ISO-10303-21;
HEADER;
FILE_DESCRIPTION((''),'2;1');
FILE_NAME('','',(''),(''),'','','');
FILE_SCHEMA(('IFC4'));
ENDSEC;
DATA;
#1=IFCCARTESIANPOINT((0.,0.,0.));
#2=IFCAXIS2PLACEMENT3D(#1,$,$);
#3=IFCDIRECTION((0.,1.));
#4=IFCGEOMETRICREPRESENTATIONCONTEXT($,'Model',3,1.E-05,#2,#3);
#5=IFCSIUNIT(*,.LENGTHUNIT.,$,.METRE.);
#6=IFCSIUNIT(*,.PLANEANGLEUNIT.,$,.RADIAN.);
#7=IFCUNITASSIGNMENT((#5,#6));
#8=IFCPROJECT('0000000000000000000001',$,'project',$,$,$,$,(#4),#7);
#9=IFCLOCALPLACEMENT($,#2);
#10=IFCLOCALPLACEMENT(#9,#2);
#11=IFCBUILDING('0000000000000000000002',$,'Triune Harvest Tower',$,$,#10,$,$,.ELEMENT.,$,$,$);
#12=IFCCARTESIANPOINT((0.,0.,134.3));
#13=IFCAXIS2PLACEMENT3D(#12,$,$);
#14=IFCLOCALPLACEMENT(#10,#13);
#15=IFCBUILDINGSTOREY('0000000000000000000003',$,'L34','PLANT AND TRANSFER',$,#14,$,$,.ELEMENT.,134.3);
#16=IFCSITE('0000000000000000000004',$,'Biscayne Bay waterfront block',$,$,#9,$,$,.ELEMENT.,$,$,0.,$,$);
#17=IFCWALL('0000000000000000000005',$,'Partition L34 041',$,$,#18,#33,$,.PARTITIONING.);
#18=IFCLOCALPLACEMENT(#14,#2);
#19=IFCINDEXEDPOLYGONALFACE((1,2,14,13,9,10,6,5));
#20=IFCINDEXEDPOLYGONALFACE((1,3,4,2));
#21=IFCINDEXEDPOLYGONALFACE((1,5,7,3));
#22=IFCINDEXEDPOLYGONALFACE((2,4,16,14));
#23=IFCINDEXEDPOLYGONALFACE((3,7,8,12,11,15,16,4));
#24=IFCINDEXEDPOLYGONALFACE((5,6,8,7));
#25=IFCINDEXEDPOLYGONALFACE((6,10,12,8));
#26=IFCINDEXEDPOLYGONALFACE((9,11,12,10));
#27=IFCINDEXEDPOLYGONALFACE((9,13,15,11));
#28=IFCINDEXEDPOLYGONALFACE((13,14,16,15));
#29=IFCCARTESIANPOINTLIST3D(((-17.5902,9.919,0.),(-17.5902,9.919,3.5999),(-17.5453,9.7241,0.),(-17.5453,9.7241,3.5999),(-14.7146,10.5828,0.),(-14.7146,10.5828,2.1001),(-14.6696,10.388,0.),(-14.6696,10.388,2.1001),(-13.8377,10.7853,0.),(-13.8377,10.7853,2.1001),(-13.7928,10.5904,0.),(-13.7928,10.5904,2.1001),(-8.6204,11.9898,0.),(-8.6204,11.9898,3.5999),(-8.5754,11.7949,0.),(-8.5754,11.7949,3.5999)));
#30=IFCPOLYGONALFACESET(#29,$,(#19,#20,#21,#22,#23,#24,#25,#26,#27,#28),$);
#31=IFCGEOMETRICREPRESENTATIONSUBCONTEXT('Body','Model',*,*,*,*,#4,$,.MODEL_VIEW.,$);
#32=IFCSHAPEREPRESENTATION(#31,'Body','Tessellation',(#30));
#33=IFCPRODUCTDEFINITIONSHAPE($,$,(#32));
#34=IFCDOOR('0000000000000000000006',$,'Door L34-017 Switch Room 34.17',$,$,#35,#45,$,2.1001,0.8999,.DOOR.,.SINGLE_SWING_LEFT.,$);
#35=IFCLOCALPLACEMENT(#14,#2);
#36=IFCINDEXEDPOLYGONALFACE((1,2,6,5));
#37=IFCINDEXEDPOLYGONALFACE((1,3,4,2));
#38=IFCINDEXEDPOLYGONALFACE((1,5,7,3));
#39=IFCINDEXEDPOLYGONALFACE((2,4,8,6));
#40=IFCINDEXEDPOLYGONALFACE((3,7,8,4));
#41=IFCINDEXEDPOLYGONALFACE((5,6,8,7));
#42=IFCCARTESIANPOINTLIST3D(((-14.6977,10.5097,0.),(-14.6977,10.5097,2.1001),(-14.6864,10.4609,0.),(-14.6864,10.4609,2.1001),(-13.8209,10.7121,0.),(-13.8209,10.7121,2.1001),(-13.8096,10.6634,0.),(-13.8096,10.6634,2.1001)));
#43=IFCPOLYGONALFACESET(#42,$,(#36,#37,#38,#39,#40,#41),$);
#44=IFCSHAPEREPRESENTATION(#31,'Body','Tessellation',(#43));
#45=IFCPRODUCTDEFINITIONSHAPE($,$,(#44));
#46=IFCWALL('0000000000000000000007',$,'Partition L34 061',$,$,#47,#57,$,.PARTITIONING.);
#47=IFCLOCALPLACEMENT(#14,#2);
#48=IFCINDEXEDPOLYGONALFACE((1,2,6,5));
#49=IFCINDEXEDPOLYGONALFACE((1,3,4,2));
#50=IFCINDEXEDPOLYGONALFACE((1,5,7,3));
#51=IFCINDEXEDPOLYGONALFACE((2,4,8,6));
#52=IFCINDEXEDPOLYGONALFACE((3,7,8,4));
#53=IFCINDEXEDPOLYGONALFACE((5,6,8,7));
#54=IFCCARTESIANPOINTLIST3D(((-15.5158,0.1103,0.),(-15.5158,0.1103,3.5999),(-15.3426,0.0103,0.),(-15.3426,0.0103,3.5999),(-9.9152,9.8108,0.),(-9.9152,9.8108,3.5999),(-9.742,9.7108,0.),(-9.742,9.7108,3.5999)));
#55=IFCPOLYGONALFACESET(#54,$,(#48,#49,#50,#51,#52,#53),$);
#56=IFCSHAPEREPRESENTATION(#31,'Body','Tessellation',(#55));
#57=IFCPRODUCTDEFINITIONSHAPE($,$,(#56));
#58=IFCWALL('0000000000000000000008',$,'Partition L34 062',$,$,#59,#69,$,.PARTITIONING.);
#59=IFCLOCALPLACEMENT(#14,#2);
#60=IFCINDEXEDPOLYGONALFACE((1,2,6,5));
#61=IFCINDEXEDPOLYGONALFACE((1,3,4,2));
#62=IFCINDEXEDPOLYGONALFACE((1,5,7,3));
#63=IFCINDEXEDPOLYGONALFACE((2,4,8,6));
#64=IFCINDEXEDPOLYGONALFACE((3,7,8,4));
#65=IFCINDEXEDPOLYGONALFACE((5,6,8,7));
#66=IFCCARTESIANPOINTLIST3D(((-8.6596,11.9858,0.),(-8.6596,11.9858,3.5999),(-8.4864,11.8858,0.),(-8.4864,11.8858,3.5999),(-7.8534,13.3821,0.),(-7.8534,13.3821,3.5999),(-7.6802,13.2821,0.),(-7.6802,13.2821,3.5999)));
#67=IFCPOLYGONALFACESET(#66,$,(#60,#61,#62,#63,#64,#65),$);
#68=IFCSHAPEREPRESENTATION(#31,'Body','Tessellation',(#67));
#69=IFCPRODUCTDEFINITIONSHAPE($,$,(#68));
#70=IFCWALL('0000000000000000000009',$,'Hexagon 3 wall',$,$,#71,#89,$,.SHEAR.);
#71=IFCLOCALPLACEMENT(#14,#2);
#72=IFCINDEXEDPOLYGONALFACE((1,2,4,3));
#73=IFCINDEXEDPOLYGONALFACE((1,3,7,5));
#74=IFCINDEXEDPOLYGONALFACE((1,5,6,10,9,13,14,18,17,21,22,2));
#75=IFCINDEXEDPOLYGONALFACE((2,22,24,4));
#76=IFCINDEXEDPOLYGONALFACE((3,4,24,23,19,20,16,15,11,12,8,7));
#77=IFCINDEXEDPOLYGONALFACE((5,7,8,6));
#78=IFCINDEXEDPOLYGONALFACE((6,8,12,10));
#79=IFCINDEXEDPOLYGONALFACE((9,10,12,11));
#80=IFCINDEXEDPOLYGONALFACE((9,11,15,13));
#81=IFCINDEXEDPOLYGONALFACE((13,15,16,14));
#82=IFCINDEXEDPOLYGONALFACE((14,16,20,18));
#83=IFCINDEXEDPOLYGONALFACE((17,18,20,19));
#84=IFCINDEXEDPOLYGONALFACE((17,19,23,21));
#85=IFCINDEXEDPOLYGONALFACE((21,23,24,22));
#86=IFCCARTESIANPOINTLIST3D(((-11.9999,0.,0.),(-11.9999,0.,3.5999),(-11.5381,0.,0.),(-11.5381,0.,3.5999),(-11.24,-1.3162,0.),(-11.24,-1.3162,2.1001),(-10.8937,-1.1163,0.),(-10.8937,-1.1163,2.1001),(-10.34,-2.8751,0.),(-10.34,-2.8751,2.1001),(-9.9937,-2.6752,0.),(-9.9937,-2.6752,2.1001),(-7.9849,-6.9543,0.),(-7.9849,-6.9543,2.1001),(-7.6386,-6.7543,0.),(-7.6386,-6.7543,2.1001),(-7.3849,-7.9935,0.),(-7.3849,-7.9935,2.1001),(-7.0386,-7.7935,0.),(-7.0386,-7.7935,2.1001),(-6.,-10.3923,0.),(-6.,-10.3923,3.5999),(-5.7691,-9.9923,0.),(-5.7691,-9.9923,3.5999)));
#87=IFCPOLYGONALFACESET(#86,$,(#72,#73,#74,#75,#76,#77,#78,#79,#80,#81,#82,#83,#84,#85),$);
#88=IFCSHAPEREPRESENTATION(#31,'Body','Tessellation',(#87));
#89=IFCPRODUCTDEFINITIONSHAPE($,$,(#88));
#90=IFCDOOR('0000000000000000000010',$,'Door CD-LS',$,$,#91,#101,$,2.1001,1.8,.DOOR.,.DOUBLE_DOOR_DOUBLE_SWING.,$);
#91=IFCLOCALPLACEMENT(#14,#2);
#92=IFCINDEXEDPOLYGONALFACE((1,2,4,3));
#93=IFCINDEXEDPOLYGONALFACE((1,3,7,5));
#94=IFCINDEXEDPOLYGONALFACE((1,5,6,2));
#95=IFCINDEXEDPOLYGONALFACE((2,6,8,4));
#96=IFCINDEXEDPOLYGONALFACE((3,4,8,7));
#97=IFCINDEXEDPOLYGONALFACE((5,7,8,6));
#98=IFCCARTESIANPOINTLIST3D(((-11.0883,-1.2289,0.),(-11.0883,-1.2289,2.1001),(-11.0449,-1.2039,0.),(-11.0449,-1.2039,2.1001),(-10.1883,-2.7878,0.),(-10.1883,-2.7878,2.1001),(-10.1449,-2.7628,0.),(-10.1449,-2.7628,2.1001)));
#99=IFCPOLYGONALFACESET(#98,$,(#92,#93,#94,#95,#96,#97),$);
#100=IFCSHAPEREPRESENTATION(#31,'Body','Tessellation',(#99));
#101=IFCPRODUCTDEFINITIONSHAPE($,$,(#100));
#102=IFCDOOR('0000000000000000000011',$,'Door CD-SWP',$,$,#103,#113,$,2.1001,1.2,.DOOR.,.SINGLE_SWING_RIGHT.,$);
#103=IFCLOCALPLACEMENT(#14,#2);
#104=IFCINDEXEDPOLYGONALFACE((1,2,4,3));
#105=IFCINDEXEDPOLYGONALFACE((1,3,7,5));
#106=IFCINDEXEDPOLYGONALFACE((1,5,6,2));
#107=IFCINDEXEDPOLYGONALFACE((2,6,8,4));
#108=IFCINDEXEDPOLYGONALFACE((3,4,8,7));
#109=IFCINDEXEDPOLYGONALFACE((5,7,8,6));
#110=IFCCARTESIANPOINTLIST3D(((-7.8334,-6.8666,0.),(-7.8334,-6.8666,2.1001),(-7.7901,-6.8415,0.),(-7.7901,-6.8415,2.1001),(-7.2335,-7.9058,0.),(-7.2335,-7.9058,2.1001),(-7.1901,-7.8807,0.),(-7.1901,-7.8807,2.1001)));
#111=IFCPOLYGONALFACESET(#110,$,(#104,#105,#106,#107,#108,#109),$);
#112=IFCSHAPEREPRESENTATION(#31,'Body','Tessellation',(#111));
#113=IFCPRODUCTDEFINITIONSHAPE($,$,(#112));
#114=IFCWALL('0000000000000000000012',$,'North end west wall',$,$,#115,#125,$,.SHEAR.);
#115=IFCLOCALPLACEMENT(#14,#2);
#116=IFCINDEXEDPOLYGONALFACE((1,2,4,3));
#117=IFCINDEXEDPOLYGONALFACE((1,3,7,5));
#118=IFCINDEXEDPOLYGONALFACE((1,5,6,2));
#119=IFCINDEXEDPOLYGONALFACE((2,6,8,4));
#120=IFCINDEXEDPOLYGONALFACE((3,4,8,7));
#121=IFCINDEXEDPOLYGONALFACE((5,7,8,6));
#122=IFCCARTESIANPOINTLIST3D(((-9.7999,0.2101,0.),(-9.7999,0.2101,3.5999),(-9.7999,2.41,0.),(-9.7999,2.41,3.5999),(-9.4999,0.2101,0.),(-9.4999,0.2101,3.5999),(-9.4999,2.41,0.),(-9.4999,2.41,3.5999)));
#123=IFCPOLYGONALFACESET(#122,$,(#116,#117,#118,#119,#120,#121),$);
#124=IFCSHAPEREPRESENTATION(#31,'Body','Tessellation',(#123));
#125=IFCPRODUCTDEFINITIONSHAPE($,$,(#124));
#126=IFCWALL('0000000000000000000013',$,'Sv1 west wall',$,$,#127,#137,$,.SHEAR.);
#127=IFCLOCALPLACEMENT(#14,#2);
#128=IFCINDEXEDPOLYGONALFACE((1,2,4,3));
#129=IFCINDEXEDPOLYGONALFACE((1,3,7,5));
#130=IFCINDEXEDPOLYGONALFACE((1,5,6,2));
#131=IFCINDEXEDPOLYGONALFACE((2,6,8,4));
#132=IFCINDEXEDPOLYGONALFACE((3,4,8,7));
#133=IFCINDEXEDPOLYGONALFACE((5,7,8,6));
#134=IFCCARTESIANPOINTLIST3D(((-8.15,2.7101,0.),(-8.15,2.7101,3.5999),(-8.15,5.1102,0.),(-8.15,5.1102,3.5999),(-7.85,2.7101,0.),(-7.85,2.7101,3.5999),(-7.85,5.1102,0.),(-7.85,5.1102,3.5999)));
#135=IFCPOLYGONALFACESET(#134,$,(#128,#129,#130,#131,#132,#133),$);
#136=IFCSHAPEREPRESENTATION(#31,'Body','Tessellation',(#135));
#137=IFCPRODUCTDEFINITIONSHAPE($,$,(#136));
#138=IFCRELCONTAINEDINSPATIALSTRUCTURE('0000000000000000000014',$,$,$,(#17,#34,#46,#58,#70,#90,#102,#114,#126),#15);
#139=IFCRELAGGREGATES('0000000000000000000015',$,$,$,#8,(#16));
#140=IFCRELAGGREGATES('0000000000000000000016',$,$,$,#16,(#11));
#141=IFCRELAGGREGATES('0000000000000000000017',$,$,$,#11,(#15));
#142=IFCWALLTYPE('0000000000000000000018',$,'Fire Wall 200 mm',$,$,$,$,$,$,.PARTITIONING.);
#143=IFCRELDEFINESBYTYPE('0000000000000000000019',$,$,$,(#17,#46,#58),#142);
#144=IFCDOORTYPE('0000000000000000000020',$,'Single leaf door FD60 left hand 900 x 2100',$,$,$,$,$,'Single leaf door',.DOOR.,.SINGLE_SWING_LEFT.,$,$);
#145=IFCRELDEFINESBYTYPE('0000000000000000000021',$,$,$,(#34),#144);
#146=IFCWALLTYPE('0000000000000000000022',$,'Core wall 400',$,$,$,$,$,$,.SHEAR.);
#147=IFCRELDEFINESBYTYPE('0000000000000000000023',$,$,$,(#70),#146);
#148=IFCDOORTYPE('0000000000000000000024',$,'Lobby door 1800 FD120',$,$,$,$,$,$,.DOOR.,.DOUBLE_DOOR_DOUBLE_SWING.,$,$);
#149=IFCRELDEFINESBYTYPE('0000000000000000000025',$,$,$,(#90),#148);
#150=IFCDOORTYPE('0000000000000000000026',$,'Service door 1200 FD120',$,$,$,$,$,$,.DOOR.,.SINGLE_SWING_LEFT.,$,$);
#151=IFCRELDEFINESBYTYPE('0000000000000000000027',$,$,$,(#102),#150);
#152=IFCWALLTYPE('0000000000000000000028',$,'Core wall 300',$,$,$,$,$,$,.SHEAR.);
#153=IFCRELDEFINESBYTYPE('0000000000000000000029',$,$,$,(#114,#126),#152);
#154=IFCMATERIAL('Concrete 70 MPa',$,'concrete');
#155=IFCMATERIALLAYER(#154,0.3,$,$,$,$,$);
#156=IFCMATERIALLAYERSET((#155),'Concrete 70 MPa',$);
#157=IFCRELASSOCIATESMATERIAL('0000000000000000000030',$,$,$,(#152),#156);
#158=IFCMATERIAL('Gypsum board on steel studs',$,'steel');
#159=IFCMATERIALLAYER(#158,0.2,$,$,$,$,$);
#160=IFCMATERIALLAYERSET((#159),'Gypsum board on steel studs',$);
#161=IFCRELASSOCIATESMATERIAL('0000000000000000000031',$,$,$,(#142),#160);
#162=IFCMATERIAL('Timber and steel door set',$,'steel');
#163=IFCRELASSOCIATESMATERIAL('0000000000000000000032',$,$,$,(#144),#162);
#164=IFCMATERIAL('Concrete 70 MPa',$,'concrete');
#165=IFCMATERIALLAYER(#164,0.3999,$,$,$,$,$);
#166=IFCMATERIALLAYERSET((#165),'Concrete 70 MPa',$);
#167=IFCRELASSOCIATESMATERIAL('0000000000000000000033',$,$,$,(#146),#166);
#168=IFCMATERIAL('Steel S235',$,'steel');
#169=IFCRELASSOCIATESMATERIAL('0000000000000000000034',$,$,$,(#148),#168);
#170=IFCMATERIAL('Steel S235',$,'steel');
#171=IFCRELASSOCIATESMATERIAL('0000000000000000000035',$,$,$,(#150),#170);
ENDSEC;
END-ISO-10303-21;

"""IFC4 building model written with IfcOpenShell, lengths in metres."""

from ifc_helpers import new_model, si_unit, direction, frame, frame_2d, origin, place, context, subcontext, project, spatial, polyline, rectangle, outline, extrude, source, transform, mapped, material, layer, layer_set, type_object, element, fill, save


model = new_model("IFC4")

# Units and contexts
model_context = context("Model", 3, precision=1e-05, world=origin(), true_north=direction((0.0, 1.0)))
body_context = subcontext(model_context, "Body", "Model", "MODEL_VIEW")
ifc_project = project(units=[si_unit("LENGTHUNIT", "METRE"), si_unit("PLANEANGLEUNIT", "RADIAN")], contexts=[model_context])

# Site, building, storey
site_placement = place(None, origin())
site = spatial("IfcSite", under=ifc_project, at=site_placement, Name="Biscayne Bay waterfront block", CompositionType="ELEMENT", RefElevation=0.0)
building_placement = place(site_placement, origin())
building = spatial("IfcBuilding", under=site, at=building_placement, Name="Triune Harvest Tower", CompositionType="ELEMENT")
storey_placement = place(building_placement, frame((0.0, 0.0, 134.3)))
storey = spatial("IfcBuildingStorey", under=building, at=storey_placement, Name="L34", Description="PLANT AND TRANSFER", CompositionType="ELEMENT", Elevation=134.3)

# Shared definitions
ifc_material_1 = material(Name="Concrete 70 MPa", Category="concrete")
ifc_layer_1 = layer(ifc_material_1, 0.3)
ifc_layer_set_1 = layer_set([ifc_layer_1], Name="Concrete 70 MPa")
wall_type_1 = type_object("IfcWallType", Name="Core wall 300", PredefinedType="SHEAR", material=ifc_layer_set_1)

# Shared definitions
ifc_material_2 = material(Name="Gypsum board on steel studs", Category="steel")
ifc_layer_2 = layer(ifc_material_2, 0.2)
ifc_layer_set_2 = layer_set([ifc_layer_2], Name="Gypsum board on steel studs")
wall_type_2 = type_object("IfcWallType", Name="Fire Wall 200 mm", PredefinedType="PARTITIONING", material=ifc_layer_set_2)

# Wall, opening, door
wall_1_placement = place(storey_placement, frame((-17.5679, 9.8215, 0.0), z_axis=(0.0, 0.0, 1.0), x_axis=(0.974372, 0.224943, 0.0)))
wall_1 = element("IfcWall", 1, at=wall_1_placement, inside=storey, type_object=wall_type_2, Name="Partition L34 041", PredefinedType="PARTITIONING", context=body_context, shape_type="SweptSolid", body=[
    extrude(rectangle(XDim=9.2058, YDim=0.2, at=frame_2d((4.603, 0.0))), origin(), (0.0, 0.0, 1.0), 3.5999),
])
opening_1_placement = place(wall_1_placement, frame((2.9514, 0.0, 0.0)))
opening_1 = element("IfcOpeningElement", 2, at=opening_1_placement, cuts=wall_1, PredefinedType="OPENING", context=body_context, shape_type="SweptSolid", body=[
    extrude(rectangle(XDim=0.8999, YDim=2.1001, at=frame_2d((0.45, 1.05))), frame((0.0, 0.1099, 0.0), z_axis=(0.0, -1.0, 0.0), x_axis=(1.0, 0.0, 0.0)), (0.0, 0.0, 1.0), 0.22),
])
ifc_material_3 = material(Name="Timber and steel door set", Category="steel")
door_type_1 = type_object("IfcDoorType", Name="Single leaf door FD60 left hand 900 x 2100", ElementType="Single leaf door", OperationType="SINGLE_SWING_LEFT", PredefinedType="DOOR", material=ifc_material_3)
door_1_placement = place(opening_1_placement, origin())
door_1 = element("IfcDoor", 3, at=door_1_placement, inside=storey, type_object=door_type_1, Name="Door L34-017 Switch Room 34.17", OperationType="SINGLE_SWING_LEFT", OverallHeight=2.1001, OverallWidth=0.8999, PredefinedType="DOOR", context=body_context, shape_type="SweptSolid", body=[
    extrude(rectangle(XDim=0.8999, YDim=2.1001, at=frame_2d((0.45, 1.05))), frame((0.0, 0.0249, 0.0), z_axis=(0.0, -1.0, 0.0), x_axis=(1.0, 0.0, 0.0)), (0.0, 0.0, 1.0), 0.05),
])
fill(opening_1, door_1)

# Walls
wall_2_placement = place(storey_placement, frame((-15.4292, 0.0603, 0.0), z_axis=(0.0, 0.0, 1.0), x_axis=(0.500002, 0.866024, 0.0)))
element("IfcWall", 4, at=wall_2_placement, inside=storey, type_object=wall_type_2, Name="Partition L34 061", PredefinedType="PARTITIONING", context=body_context, shape_type="SweptSolid", body=[
    extrude(rectangle(XDim=11.2012, YDim=0.2, at=frame_2d((5.6006, 0.0))), origin(), (0.0, 0.0, 1.0), 3.5999),
])
wall_3_placement = place(storey_placement, frame((-8.573, 11.9358, 0.0), z_axis=(0.0, 0.0, 1.0), x_axis=(0.500015, 0.866017, 0.0)))
element("IfcWall", 5, at=wall_3_placement, inside=storey, type_object=wall_type_2, Name="Partition L34 062", PredefinedType="PARTITIONING", context=body_context, shape_type="SweptSolid", body=[
    extrude(rectangle(XDim=1.6123, YDim=0.2, at=frame_2d((0.8062, 0.0))), origin(), (0.0, 0.0, 1.0), 3.5999),
])

# Wall, openings, doors
ifc_material_4 = material(Name="Concrete 70 MPa", Category="concrete")
ifc_layer_3 = layer(ifc_material_4, 0.3999)
ifc_layer_set_3 = layer_set([ifc_layer_3], Name="Concrete 70 MPa")
wall_type_3 = type_object("IfcWallType", Name="Core wall 400", PredefinedType="SHEAR", material=ifc_layer_set_3)
shared_shape_1 = source(origin(), body_context, "Body", "SweptSolid", [
    extrude(outline(polyline([(-0.1155, -0.2), (11.8845, -0.2), (11.6536, 0.2), (0.1155, 0.2), (-0.1155, -0.2)])), origin(), (0.0, 0.0, 1.0), 3.5999),
])
wall_4_placement = place(storey_placement, frame((-11.769, 0.0, 0.0), z_axis=(0.0, 0.0, 1.0), x_axis=(0.499997, -0.866027, 0.0)))
wall_4 = element("IfcWall", 6, at=wall_4_placement, inside=storey, type_object=wall_type_3, Name="Hexagon 3 wall", PredefinedType="SHEAR", context=body_context, shape_type="MappedRepresentation", body=[
    mapped(shared_shape_1, transform((0.0, 0.0, 0.0), scale=1.0)),
])
opening_2_placement = place(wall_4_placement, frame((1.4045, 0.0, 0.0)))
opening_2 = element("IfcOpeningElement", 7, at=opening_2_placement, cuts=wall_4, PredefinedType="OPENING", context=body_context, shape_type="SweptSolid", body=[
    extrude(rectangle(XDim=1.8, YDim=2.1001, at=frame_2d((0.8999, 1.05))), frame((0.0, 0.21, 0.0), z_axis=(0.0, -1.0, 0.0), x_axis=(1.0, 0.0, 0.0)), (0.0, 0.0, 1.0), 0.4199),
])
opening_3_placement = place(wall_4_placement, frame((7.9146, 0.0, 0.0)))
opening_3 = element("IfcOpeningElement", 8, at=opening_3_placement, cuts=wall_4, PredefinedType="OPENING", context=body_context, shape_type="SweptSolid", body=[
    extrude(rectangle(XDim=1.2, YDim=2.1001, at=frame_2d((0.6001, 1.05))), frame((0.0, 0.21, 0.0), z_axis=(0.0, -1.0, 0.0), x_axis=(1.0, 0.0, 0.0)), (0.0, 0.0, 1.0), 0.4199),
])
ifc_material_5 = material(Name="Steel S235", Category="steel")
door_type_2 = type_object("IfcDoorType", Name="Lobby door 1800 FD120", OperationType="DOUBLE_DOOR_DOUBLE_SWING", PredefinedType="DOOR", material=ifc_material_5)
door_2_placement = place(opening_2_placement, frame((1.8, 0.0, 0.0), z_axis=(0.0, 0.0, 1.0), x_axis=(-1.0, 0.0, 0.0)))
door_2 = element("IfcDoor", 9, at=door_2_placement, inside=storey, type_object=door_type_2, Name="Door CD-LS", OperationType="DOUBLE_DOOR_DOUBLE_SWING", OverallHeight=2.1001, OverallWidth=1.8, PredefinedType="DOOR", context=body_context, shape_type="SweptSolid", body=[
    extrude(rectangle(XDim=1.8, YDim=2.1001, at=frame_2d((0.8999, 1.05))), frame((0.0, 0.0249, 0.0), z_axis=(0.0, -1.0, 0.0), x_axis=(1.0, 0.0, 0.0)), (0.0, 0.0, 1.0), 0.05),
])
fill(opening_2, door_2)
ifc_material_6 = material(Name="Steel S235", Category="steel")
door_type_3 = type_object("IfcDoorType", Name="Service door 1200 FD120", OperationType="SINGLE_SWING_LEFT", PredefinedType="DOOR", material=ifc_material_6)
door_3_placement = place(opening_3_placement, frame((1.2, 0.0, 0.0), z_axis=(0.0, 0.0, 1.0), x_axis=(-1.0, 0.0, 0.0)))
door_3 = element("IfcDoor", 10, at=door_3_placement, inside=storey, type_object=door_type_3, Name="Door CD-SWP", OperationType="SINGLE_SWING_RIGHT", OverallHeight=2.1001, OverallWidth=1.2, PredefinedType="DOOR", context=body_context, shape_type="SweptSolid", body=[
    extrude(rectangle(XDim=1.2, YDim=2.1001, at=frame_2d((0.6001, 1.05))), frame((0.0, 0.0249, 0.0), z_axis=(0.0, -1.0, 0.0), x_axis=(1.0, 0.0, 0.0)), (0.0, 0.0, 1.0), 0.05),
])
fill(opening_3, door_3)

# Walls
shared_shape_2 = source(origin(), body_context, "Body", "SweptSolid", [
    extrude(rectangle(XDim=2.2, YDim=0.3, at=frame_2d((1.1001, 0.0))), origin(), (0.0, 0.0, 1.0), 3.5999),
])
wall_5_placement = place(storey_placement, frame((-9.6499, 0.21, 0.0), z_axis=(0.0, 0.0, 1.0), x_axis=(0.0, 1.0, 0.0)))
element("IfcWall", 11, at=wall_5_placement, inside=storey, type_object=wall_type_1, Name="North end west wall", PredefinedType="SHEAR", context=body_context, shape_type="MappedRepresentation", body=[
    mapped(shared_shape_2, transform((0.0, 0.0, 0.0), scale=1.0)),
])
shared_shape_3 = source(origin(), body_context, "Body", "SweptSolid", [
    extrude(rectangle(XDim=2.4001, YDim=0.3, at=frame_2d((1.2002, 0.0))), origin(), (0.0, 0.0, 1.0), 3.5999),
])
wall_6_placement = place(storey_placement, frame((-8.0, 2.71, 0.0), z_axis=(0.0, 0.0, 1.0), x_axis=(0.0, 1.0, 0.0)))
element("IfcWall", 12, at=wall_6_placement, inside=storey, type_object=wall_type_1, Name="Sv1 west wall", PredefinedType="SHEAR", context=body_context, shape_type="MappedRepresentation", body=[
    mapped(shared_shape_3, transform((0.0, 0.0, 0.0), scale=1.0)),
])

save(model, "model.ifc")
